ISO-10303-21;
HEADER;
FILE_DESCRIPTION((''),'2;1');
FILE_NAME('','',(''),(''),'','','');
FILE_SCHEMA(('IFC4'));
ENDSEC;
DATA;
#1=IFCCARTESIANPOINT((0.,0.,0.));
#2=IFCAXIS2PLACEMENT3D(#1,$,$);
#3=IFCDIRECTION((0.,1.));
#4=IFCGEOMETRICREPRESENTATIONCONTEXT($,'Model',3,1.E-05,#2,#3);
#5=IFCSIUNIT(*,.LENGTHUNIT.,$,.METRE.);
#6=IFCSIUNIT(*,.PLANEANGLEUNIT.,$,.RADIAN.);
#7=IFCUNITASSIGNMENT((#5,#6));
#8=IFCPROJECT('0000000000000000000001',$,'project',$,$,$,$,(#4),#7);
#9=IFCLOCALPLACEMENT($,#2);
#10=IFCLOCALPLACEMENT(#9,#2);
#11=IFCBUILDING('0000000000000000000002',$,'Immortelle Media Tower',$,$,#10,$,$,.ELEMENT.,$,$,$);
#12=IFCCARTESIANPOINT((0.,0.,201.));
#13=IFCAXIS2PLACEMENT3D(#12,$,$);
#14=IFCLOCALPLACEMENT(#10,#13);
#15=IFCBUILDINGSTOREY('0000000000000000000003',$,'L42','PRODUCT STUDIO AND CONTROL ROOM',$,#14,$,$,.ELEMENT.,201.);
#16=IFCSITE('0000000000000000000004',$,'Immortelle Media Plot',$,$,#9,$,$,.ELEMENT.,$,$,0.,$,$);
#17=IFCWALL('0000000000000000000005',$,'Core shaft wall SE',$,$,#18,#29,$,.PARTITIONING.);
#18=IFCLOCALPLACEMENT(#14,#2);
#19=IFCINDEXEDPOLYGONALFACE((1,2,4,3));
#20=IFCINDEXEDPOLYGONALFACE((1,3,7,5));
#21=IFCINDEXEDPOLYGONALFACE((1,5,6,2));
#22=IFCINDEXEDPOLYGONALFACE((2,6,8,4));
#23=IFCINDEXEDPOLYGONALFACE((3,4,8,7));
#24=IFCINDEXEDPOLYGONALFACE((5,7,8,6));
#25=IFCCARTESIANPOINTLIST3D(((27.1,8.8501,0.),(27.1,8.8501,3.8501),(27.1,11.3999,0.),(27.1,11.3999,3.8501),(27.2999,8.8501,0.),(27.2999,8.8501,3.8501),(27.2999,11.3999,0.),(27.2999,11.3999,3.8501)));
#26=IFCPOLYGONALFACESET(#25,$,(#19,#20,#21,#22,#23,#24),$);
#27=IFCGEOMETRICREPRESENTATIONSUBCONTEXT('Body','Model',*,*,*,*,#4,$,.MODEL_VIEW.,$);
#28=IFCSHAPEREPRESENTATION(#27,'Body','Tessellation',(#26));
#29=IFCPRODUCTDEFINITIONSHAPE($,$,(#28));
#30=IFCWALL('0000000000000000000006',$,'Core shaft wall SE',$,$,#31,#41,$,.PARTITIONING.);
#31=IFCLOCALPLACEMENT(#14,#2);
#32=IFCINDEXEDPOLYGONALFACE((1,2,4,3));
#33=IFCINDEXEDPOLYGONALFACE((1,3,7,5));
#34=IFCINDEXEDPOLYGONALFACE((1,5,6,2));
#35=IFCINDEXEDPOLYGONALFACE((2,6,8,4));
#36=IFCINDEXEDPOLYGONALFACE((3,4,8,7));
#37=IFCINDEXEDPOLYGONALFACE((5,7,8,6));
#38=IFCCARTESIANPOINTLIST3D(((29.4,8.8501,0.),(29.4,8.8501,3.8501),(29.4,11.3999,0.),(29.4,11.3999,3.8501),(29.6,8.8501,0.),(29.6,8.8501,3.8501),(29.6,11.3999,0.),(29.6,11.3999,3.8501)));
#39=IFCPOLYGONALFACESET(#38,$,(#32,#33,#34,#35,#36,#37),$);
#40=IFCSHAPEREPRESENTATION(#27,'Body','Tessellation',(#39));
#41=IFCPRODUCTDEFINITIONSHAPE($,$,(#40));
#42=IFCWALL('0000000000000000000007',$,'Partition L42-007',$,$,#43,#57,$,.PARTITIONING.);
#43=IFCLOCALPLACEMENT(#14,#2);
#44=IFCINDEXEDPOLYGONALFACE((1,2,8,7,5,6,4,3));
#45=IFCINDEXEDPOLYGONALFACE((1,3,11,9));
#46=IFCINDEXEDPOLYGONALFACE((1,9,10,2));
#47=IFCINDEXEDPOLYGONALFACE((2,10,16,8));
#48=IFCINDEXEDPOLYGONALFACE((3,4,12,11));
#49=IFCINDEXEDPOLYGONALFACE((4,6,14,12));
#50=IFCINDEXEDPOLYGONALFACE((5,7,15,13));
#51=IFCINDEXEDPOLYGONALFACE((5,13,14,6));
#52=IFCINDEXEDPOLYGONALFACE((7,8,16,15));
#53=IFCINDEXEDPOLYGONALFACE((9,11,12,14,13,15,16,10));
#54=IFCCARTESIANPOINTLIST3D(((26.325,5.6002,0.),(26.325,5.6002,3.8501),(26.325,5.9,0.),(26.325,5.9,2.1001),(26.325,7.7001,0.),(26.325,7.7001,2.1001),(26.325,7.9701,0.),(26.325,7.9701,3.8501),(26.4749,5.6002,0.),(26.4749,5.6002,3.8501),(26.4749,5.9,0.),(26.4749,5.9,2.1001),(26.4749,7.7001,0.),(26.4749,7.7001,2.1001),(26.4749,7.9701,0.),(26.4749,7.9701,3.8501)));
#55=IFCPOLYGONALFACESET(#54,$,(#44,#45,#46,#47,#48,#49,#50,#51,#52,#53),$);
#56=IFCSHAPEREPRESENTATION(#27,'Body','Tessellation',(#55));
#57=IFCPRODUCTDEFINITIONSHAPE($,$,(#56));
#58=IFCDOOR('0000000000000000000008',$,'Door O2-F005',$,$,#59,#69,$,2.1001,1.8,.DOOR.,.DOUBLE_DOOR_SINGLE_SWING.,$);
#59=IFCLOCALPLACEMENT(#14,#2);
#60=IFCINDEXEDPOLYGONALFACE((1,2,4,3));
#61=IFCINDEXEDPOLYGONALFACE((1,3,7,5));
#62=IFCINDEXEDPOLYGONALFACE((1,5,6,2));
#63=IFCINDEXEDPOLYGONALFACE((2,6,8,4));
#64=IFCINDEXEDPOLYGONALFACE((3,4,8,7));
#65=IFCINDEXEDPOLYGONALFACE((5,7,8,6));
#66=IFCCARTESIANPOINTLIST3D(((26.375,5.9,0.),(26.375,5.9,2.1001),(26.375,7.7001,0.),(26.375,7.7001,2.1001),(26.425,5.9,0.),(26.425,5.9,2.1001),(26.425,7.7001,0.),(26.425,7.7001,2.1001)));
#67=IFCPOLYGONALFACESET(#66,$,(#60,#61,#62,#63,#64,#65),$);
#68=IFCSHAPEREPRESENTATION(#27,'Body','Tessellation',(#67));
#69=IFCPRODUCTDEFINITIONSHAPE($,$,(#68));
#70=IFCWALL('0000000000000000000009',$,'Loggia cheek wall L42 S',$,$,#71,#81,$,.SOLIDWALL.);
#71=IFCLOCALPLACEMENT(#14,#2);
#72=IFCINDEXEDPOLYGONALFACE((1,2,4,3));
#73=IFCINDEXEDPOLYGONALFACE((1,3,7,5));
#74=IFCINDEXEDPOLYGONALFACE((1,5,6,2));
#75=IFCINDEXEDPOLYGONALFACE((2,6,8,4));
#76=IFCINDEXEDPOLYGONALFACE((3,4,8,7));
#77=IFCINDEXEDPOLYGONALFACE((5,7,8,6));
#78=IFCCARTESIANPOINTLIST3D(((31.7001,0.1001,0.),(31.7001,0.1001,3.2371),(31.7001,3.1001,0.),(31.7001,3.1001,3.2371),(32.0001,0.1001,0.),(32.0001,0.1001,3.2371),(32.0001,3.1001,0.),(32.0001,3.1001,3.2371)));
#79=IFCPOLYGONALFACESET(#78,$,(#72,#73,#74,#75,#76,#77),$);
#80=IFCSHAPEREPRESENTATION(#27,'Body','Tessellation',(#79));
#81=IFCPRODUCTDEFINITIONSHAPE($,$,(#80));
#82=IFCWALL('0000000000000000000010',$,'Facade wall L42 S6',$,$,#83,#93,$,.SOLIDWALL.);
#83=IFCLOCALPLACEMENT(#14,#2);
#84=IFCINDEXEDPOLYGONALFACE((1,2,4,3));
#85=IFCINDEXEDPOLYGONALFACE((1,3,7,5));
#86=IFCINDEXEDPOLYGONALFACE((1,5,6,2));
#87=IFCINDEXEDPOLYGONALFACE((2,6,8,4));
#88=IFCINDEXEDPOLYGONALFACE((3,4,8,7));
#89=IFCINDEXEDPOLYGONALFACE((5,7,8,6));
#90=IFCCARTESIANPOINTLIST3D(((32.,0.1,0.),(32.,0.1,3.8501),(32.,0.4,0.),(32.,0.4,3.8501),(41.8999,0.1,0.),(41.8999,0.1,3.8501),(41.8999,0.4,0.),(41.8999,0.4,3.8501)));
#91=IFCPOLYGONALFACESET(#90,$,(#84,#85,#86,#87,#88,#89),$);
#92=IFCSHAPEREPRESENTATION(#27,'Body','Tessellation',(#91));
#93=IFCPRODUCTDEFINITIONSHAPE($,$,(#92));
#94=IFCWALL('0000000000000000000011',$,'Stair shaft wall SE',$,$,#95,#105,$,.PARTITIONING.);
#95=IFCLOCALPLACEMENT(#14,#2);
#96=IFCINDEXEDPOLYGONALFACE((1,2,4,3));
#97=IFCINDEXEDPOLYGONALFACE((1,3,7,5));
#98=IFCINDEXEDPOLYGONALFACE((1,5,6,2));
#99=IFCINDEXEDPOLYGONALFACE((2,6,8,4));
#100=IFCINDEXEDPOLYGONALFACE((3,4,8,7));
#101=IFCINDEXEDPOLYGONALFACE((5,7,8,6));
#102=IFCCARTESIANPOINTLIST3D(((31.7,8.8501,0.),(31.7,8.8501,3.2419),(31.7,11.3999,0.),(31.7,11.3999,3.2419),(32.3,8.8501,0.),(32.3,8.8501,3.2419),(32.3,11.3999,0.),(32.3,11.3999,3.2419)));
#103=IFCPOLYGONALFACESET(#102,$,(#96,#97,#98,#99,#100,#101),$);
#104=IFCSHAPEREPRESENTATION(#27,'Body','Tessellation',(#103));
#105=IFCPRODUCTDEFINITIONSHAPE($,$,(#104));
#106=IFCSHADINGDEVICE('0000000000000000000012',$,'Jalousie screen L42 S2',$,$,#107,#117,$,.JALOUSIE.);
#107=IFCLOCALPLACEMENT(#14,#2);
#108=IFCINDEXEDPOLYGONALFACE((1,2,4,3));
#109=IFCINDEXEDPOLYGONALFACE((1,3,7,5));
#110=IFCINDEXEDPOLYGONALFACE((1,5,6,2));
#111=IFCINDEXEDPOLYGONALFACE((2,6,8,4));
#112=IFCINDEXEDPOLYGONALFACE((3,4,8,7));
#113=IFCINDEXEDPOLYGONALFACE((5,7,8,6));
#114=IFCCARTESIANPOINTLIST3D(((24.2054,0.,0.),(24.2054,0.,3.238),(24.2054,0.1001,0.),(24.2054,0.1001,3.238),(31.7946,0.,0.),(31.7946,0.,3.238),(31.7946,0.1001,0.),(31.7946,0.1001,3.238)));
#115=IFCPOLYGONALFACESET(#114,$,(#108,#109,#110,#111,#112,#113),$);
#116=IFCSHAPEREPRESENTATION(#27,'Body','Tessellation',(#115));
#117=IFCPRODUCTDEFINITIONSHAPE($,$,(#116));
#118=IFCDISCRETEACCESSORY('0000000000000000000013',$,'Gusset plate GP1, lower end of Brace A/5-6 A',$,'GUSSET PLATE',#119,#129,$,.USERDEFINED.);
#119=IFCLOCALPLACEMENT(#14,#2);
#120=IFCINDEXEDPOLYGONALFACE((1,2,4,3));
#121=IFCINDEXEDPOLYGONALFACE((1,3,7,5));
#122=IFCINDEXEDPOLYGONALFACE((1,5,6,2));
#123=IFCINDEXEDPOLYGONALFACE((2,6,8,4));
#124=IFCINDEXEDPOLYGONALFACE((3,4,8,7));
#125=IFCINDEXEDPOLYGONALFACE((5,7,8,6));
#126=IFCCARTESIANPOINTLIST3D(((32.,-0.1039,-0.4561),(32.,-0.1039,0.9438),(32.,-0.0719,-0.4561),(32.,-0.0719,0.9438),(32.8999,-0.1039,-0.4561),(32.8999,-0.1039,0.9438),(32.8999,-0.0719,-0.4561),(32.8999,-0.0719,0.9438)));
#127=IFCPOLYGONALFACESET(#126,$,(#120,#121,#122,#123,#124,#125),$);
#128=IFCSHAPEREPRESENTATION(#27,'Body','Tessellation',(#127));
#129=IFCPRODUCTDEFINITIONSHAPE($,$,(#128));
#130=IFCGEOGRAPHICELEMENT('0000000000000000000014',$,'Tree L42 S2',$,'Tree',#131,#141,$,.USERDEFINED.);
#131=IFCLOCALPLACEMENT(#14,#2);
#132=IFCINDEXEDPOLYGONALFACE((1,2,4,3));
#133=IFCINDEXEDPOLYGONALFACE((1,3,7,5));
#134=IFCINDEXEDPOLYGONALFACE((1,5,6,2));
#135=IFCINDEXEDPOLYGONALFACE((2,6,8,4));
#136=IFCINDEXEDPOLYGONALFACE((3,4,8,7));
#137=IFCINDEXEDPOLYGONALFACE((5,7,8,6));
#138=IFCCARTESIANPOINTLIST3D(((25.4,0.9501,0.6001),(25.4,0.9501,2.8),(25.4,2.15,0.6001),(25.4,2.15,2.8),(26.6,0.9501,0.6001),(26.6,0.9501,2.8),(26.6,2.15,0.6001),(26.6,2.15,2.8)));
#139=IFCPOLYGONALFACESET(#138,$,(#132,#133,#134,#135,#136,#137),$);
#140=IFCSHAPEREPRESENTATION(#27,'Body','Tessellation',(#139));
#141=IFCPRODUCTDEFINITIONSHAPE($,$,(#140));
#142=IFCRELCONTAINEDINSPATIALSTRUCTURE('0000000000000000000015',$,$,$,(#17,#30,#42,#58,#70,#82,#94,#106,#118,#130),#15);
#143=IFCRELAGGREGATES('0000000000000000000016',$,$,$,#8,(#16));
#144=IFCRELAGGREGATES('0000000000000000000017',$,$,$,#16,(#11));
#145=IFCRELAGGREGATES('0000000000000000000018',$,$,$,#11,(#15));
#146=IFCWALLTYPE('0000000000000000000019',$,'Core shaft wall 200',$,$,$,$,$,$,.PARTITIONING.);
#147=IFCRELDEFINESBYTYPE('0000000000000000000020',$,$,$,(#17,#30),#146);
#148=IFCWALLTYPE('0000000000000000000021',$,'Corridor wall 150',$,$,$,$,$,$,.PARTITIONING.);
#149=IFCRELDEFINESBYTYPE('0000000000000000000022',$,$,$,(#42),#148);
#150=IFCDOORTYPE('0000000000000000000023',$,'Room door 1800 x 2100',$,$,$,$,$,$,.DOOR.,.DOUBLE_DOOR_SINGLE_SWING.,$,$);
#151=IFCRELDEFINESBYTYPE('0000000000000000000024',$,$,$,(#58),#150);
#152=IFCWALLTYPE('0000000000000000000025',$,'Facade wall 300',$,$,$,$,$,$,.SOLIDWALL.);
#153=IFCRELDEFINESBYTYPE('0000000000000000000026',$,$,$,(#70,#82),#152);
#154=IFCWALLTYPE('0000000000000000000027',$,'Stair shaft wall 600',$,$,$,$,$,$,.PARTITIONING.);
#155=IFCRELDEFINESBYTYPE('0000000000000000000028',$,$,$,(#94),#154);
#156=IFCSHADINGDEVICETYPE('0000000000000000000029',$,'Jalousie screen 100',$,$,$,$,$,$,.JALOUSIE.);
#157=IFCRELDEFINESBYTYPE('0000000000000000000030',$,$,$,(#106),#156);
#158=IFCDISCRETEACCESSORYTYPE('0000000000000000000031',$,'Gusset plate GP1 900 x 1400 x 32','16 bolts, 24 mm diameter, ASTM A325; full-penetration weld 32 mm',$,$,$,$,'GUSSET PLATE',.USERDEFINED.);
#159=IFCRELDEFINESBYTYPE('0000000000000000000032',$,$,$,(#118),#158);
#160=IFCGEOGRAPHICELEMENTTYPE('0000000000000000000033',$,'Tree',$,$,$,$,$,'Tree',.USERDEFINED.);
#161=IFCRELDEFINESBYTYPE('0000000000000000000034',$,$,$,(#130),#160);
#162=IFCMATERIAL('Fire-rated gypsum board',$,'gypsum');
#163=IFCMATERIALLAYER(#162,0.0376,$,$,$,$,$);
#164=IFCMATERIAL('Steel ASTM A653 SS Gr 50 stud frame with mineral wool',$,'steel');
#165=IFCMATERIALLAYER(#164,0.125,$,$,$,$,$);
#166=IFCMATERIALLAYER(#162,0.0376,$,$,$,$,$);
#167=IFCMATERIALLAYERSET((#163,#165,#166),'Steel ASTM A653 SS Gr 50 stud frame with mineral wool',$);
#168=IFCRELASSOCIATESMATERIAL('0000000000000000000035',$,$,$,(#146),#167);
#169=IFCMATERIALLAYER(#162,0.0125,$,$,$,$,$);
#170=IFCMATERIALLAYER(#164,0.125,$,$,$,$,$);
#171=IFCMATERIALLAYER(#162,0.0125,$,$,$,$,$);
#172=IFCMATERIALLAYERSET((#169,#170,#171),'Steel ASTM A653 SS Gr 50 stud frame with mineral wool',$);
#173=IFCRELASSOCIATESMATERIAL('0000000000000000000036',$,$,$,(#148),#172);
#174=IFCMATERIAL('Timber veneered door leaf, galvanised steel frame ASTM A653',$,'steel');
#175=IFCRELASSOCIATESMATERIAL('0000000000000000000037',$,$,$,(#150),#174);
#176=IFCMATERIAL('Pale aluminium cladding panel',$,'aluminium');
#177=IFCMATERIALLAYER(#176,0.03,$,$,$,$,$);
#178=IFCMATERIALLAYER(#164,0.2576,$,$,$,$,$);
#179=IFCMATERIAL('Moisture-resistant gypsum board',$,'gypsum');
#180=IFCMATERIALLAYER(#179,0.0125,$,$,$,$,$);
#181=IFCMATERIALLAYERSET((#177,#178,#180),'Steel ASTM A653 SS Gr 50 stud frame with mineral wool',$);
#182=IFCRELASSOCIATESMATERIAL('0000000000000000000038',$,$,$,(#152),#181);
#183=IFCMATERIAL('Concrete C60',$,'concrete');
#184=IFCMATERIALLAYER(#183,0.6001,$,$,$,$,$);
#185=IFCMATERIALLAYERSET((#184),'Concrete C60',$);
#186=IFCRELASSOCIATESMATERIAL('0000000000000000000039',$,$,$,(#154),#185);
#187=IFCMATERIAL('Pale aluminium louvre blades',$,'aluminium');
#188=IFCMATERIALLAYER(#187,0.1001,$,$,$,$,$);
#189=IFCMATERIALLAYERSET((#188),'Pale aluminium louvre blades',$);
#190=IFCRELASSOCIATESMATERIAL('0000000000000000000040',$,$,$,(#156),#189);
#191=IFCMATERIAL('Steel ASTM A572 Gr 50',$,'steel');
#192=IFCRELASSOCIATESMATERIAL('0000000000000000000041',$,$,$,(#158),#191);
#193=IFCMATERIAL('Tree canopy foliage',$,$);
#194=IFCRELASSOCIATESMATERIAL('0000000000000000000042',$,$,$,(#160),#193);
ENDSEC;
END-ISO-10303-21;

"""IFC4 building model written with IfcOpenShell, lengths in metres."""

from ifc_helpers import new_model, si_unit, direction, frame, frame_2d, origin, origin_2d, place, context, subcontext, project, spatial, rectangle, extrude, material, layer, layer_set, material_profile, profile_set, type_object, element, fill, save


model = new_model("IFC4")

# Units and contexts
model_context = context("Model", 3, precision=1e-05, world=origin(), true_north=direction((0.0, 1.0)))
body_context = subcontext(model_context, "Body", "Model", "MODEL_VIEW")
ifc_project = project(units=[si_unit("LENGTHUNIT", "METRE"), si_unit("PLANEANGLEUNIT", "RADIAN")], contexts=[model_context])

# Site, building, storey
site_placement = place(None, origin())
site = spatial("IfcSite", under=ifc_project, at=site_placement, Name="Immortelle Media Plot", CompositionType="ELEMENT", RefElevation=0.0)
building_placement = place(site_placement, origin())
building = spatial("IfcBuilding", under=site, at=building_placement, Name="Immortelle Media Tower", CompositionType="ELEMENT")
storey_placement = place(building_placement, frame((0.0, 0.0, 201.0)))
storey = spatial("IfcBuildingStorey", under=building, at=storey_placement, Name="L42", Description="PRODUCT STUDIO AND CONTROL ROOM", CompositionType="ELEMENT", Elevation=201.0)

# Walls
ifc_material_1 = material(Name="Fire-rated gypsum board", Category="gypsum")
ifc_layer_1 = layer(ifc_material_1, 0.0376)
ifc_material_2 = material(Name="Steel ASTM A653 SS Gr 50 stud frame with mineral wool", Category="steel")
ifc_layer_2 = layer(ifc_material_2, 0.125)
ifc_layer_3 = layer(ifc_material_1, 0.0376)
ifc_layer_set_1 = layer_set([ifc_layer_1, ifc_layer_2, ifc_layer_3], Name="Steel ASTM A653 SS Gr 50 stud frame with mineral wool")
wall_type_1 = type_object("IfcWallType", Name="Core shaft wall 200", PredefinedType="PARTITIONING", material=ifc_layer_set_1)
for number, where, z_axis, x_axis, name in (
    (1, (27.2, 8.8501, 0.0), (0.0, 0.0, 1.0), (0.0, 1.0, 0.0), "Core shaft wall SE"),
    (2, (29.5, 8.8501, 0.0), (0.0, 0.0, 1.0), (0.0, 1.0, 0.0), "Core shaft wall SE"),
):
    element("IfcWall", number, at=place(storey_placement, frame(where, z_axis=z_axis, x_axis=x_axis)), inside=storey, type_object=wall_type_1, Name=name, PredefinedType="PARTITIONING", context=body_context, shape_type="SweptSolid", body=[
        extrude(rectangle(XDim=2.5498, YDim=0.2, at=frame_2d((1.2749, 0.0))), origin(), (0.0, 0.0, 1.0), 3.8501),
    ])

# Wall, opening, door
ifc_layer_4 = layer(ifc_material_1, 0.0125)
ifc_layer_5 = layer(ifc_material_2, 0.125)
ifc_layer_6 = layer(ifc_material_1, 0.0125)
ifc_layer_set_2 = layer_set([ifc_layer_4, ifc_layer_5, ifc_layer_6], Name="Steel ASTM A653 SS Gr 50 stud frame with mineral wool")
wall_type_2 = type_object("IfcWallType", Name="Corridor wall 150", PredefinedType="PARTITIONING", material=ifc_layer_set_2)
wall_1_placement = place(storey_placement, frame((26.3999, 5.6001, 0.0), z_axis=(0.0, 0.0, 1.0), x_axis=(0.0, 1.0, 0.0)))
wall_1 = element("IfcWall", 3, at=wall_1_placement, inside=storey, type_object=wall_type_2, Name="Partition L42-007", PredefinedType="PARTITIONING", context=body_context, shape_type="SweptSolid", body=[
    extrude(rectangle(XDim=2.3699, YDim=0.1499, at=frame_2d((1.1851, 0.0))), origin(), (0.0, 0.0, 1.0), 3.8501),
])
opening_placement = place(wall_1_placement, frame((0.3, 0.0, 0.0)))
opening = element("IfcOpeningElement", 4, at=opening_placement, cuts=wall_1, PredefinedType="OPENING", context=body_context, shape_type="SweptSolid", body=[
    extrude(rectangle(XDim=1.8, YDim=2.1001, at=frame_2d((0.8999, 1.05))), frame((0.0, 0.085, 0.0), z_axis=(0.0, -1.0, 0.0), x_axis=(1.0, 0.0, 0.0)), (0.0, 0.0, 1.0), 0.1699),
])
ifc_material_3 = material(Name="Timber veneered door leaf, galvanised steel frame ASTM A653", Category="steel")
door_type = type_object("IfcDoorType", Name="Room door 1800 x 2100", OperationType="DOUBLE_DOOR_SINGLE_SWING", PredefinedType="DOOR", material=ifc_material_3)
door_placement = place(opening_placement, origin())
door = element("IfcDoor", 5, at=door_placement, inside=storey, type_object=door_type, Name="Door O2-F005", OperationType="DOUBLE_DOOR_SINGLE_SWING", OverallHeight=2.1001, OverallWidth=1.8, PredefinedType="DOOR", context=body_context, shape_type="SweptSolid", body=[
    extrude(rectangle(XDim=1.8, YDim=2.1001, at=frame_2d((0.8999, 1.05))), frame((0.0, 0.0249, 0.0), z_axis=(0.0, -1.0, 0.0), x_axis=(1.0, 0.0, 0.0)), (0.0, 0.0, 1.0), 0.05),
])
fill(opening, door)

# Walls
ifc_material_4 = material(Name="Pale aluminium cladding panel", Category="aluminium")
ifc_layer_7 = layer(ifc_material_4, 0.03)
ifc_layer_8 = layer(ifc_material_2, 0.2576)
ifc_material_5 = material(Name="Moisture-resistant gypsum board", Category="gypsum")
ifc_layer_9 = layer(ifc_material_5, 0.0125)
ifc_layer_set_3 = layer_set([ifc_layer_7, ifc_layer_8, ifc_layer_9], Name="Steel ASTM A653 SS Gr 50 stud frame with mineral wool")
wall_type_3 = type_object("IfcWallType", Name="Facade wall 300", PredefinedType="SOLIDWALL", material=ifc_layer_set_3)
wall_2_placement = place(storey_placement, frame((31.8501, 0.1001, 0.0), z_axis=(0.0, 0.0, 1.0), x_axis=(0.0, 1.0, 0.0)))
element("IfcWall", 6, at=wall_2_placement, inside=storey, type_object=wall_type_3, Name="Loggia cheek wall L42 S", PredefinedType="SOLIDWALL", context=body_context, shape_type="SweptSolid", body=[
    extrude(rectangle(XDim=3.0, YDim=0.3, at=frame_2d((1.5, 0.0))), origin(), (0.0, 0.0, 1.0), 3.2371),
])
wall_3_placement = place(storey_placement, frame((32.0, 0.25, 0.0), z_axis=(0.0, 0.0, 1.0), x_axis=(1.0, 0.0, 0.0)))
element("IfcWall", 7, at=wall_3_placement, inside=storey, type_object=wall_type_3, Name="Facade wall L42 S6", PredefinedType="SOLIDWALL", context=body_context, shape_type="SweptSolid", body=[
    extrude(rectangle(XDim=9.8999, YDim=0.3, at=frame_2d((4.95, 0.0))), origin(), (0.0, 0.0, 1.0), 3.8501),
])
ifc_material_6 = material(Name="Concrete C60", Category="concrete")
ifc_layer_10 = layer(ifc_material_6, 0.6001)
ifc_layer_set_4 = layer_set([ifc_layer_10], Name="Concrete C60")
wall_type_4 = type_object("IfcWallType", Name="Stair shaft wall 600", PredefinedType="PARTITIONING", material=ifc_layer_set_4)
wall_4_placement = place(storey_placement, frame((32.0, 8.8501, 0.0), z_axis=(0.0, 0.0, 1.0), x_axis=(0.0, 1.0, 0.0)))
element("IfcWall", 8, at=wall_4_placement, inside=storey, type_object=wall_type_4, Name="Stair shaft wall SE", PredefinedType="PARTITIONING", context=body_context, shape_type="SweptSolid", body=[
    extrude(rectangle(XDim=2.5498, YDim=0.6001, at=frame_2d((1.2749, 0.0))), origin(), (0.0, 0.0, 1.0), 3.2419),
])

# Shading device
ifc_material_7 = material(Name="Pale aluminium louvre blades", Category="aluminium")
ifc_layer_11 = layer(ifc_material_7, 0.1001)
ifc_layer_set_5 = layer_set([ifc_layer_11], Name="Pale aluminium louvre blades")
shading_device_type = type_object("IfcShadingDeviceType", Name="Jalousie screen 100", PredefinedType="JALOUSIE", material=ifc_layer_set_5)
shading_device_placement = place(storey_placement, frame((28.0, 0.05, 0.0), z_axis=(0.0, 0.0, 1.0), x_axis=(1.0, 0.0, 0.0)))
element("IfcShadingDevice", 9, at=shading_device_placement, inside=storey, type_object=shading_device_type, Name="Jalousie screen L42 S2", PredefinedType="JALOUSIE", context=body_context, shape_type="SweptSolid", body=[
    extrude(rectangle(XDim=7.5891, YDim=0.1001, at=origin_2d()), origin(), (0.0, 0.0, 1.0), 3.238),
])

# Discrete accessory
ifc_material_8 = material(Name="Steel ASTM A572 Gr 50", Category="steel")
ifc_material_profile_1 = material_profile(ifc_material_8, rectangle(XDim=0.032, YDim=1.3999, at=origin_2d()), Name="PL 32 x 1400")
ifc_profile_set_1 = profile_set([ifc_material_profile_1], Name="Steel ASTM A572 Gr 50")
discrete_accessory_type = type_object("IfcDiscreteAccessoryType", Name="Gusset plate GP1 900 x 1400 x 32", Description="16 bolts, 24 mm diameter, ASTM A325; full-penetration weld 32 mm", ElementType="GUSSET PLATE", PredefinedType="USERDEFINED", material=ifc_profile_set_1)
discrete_accessory_placement = place(storey_placement, frame((32.0, -0.0879, 0.2439), z_axis=(1.0, 0.0, 0.0), x_axis=(0.0, 1.0, 0.0)))
element("IfcDiscreteAccessory", 10, at=discrete_accessory_placement, inside=storey, type_object=discrete_accessory_type, Name="Gusset plate GP1, lower end of Brace A/5-6 A", ObjectType="GUSSET PLATE", PredefinedType="USERDEFINED", context=body_context, shape_type="SweptSolid", body=[
    extrude(rectangle(XDim=0.032, YDim=1.3999, at=origin_2d()), origin(), (0.0, 0.0, 1.0), 0.8999),
])

# Geographic element
ifc_material_9 = material(Name="Tree canopy foliage")
geographic_element_type = type_object("IfcGeographicElementType", Name="Tree", ElementType="Tree", PredefinedType="USERDEFINED", material=ifc_material_9)
geographic_element_placement = place(storey_placement, frame((26.0, 1.55, 0.6001), z_axis=(0.0, 0.0, 1.0), x_axis=(1.0, 0.0, 0.0)))
element("IfcGeographicElement", 11, at=geographic_element_placement, inside=storey, type_object=geographic_element_type, Name="Tree L42 S2", ObjectType="Tree", PredefinedType="USERDEFINED", context=body_context, shape_type="SweptSolid", body=[
    extrude(rectangle(XDim=1.2, YDim=1.2, at=origin_2d()), origin(), (0.0, 0.0, 1.0), 2.2),
])

save(model, "model.ifc")
